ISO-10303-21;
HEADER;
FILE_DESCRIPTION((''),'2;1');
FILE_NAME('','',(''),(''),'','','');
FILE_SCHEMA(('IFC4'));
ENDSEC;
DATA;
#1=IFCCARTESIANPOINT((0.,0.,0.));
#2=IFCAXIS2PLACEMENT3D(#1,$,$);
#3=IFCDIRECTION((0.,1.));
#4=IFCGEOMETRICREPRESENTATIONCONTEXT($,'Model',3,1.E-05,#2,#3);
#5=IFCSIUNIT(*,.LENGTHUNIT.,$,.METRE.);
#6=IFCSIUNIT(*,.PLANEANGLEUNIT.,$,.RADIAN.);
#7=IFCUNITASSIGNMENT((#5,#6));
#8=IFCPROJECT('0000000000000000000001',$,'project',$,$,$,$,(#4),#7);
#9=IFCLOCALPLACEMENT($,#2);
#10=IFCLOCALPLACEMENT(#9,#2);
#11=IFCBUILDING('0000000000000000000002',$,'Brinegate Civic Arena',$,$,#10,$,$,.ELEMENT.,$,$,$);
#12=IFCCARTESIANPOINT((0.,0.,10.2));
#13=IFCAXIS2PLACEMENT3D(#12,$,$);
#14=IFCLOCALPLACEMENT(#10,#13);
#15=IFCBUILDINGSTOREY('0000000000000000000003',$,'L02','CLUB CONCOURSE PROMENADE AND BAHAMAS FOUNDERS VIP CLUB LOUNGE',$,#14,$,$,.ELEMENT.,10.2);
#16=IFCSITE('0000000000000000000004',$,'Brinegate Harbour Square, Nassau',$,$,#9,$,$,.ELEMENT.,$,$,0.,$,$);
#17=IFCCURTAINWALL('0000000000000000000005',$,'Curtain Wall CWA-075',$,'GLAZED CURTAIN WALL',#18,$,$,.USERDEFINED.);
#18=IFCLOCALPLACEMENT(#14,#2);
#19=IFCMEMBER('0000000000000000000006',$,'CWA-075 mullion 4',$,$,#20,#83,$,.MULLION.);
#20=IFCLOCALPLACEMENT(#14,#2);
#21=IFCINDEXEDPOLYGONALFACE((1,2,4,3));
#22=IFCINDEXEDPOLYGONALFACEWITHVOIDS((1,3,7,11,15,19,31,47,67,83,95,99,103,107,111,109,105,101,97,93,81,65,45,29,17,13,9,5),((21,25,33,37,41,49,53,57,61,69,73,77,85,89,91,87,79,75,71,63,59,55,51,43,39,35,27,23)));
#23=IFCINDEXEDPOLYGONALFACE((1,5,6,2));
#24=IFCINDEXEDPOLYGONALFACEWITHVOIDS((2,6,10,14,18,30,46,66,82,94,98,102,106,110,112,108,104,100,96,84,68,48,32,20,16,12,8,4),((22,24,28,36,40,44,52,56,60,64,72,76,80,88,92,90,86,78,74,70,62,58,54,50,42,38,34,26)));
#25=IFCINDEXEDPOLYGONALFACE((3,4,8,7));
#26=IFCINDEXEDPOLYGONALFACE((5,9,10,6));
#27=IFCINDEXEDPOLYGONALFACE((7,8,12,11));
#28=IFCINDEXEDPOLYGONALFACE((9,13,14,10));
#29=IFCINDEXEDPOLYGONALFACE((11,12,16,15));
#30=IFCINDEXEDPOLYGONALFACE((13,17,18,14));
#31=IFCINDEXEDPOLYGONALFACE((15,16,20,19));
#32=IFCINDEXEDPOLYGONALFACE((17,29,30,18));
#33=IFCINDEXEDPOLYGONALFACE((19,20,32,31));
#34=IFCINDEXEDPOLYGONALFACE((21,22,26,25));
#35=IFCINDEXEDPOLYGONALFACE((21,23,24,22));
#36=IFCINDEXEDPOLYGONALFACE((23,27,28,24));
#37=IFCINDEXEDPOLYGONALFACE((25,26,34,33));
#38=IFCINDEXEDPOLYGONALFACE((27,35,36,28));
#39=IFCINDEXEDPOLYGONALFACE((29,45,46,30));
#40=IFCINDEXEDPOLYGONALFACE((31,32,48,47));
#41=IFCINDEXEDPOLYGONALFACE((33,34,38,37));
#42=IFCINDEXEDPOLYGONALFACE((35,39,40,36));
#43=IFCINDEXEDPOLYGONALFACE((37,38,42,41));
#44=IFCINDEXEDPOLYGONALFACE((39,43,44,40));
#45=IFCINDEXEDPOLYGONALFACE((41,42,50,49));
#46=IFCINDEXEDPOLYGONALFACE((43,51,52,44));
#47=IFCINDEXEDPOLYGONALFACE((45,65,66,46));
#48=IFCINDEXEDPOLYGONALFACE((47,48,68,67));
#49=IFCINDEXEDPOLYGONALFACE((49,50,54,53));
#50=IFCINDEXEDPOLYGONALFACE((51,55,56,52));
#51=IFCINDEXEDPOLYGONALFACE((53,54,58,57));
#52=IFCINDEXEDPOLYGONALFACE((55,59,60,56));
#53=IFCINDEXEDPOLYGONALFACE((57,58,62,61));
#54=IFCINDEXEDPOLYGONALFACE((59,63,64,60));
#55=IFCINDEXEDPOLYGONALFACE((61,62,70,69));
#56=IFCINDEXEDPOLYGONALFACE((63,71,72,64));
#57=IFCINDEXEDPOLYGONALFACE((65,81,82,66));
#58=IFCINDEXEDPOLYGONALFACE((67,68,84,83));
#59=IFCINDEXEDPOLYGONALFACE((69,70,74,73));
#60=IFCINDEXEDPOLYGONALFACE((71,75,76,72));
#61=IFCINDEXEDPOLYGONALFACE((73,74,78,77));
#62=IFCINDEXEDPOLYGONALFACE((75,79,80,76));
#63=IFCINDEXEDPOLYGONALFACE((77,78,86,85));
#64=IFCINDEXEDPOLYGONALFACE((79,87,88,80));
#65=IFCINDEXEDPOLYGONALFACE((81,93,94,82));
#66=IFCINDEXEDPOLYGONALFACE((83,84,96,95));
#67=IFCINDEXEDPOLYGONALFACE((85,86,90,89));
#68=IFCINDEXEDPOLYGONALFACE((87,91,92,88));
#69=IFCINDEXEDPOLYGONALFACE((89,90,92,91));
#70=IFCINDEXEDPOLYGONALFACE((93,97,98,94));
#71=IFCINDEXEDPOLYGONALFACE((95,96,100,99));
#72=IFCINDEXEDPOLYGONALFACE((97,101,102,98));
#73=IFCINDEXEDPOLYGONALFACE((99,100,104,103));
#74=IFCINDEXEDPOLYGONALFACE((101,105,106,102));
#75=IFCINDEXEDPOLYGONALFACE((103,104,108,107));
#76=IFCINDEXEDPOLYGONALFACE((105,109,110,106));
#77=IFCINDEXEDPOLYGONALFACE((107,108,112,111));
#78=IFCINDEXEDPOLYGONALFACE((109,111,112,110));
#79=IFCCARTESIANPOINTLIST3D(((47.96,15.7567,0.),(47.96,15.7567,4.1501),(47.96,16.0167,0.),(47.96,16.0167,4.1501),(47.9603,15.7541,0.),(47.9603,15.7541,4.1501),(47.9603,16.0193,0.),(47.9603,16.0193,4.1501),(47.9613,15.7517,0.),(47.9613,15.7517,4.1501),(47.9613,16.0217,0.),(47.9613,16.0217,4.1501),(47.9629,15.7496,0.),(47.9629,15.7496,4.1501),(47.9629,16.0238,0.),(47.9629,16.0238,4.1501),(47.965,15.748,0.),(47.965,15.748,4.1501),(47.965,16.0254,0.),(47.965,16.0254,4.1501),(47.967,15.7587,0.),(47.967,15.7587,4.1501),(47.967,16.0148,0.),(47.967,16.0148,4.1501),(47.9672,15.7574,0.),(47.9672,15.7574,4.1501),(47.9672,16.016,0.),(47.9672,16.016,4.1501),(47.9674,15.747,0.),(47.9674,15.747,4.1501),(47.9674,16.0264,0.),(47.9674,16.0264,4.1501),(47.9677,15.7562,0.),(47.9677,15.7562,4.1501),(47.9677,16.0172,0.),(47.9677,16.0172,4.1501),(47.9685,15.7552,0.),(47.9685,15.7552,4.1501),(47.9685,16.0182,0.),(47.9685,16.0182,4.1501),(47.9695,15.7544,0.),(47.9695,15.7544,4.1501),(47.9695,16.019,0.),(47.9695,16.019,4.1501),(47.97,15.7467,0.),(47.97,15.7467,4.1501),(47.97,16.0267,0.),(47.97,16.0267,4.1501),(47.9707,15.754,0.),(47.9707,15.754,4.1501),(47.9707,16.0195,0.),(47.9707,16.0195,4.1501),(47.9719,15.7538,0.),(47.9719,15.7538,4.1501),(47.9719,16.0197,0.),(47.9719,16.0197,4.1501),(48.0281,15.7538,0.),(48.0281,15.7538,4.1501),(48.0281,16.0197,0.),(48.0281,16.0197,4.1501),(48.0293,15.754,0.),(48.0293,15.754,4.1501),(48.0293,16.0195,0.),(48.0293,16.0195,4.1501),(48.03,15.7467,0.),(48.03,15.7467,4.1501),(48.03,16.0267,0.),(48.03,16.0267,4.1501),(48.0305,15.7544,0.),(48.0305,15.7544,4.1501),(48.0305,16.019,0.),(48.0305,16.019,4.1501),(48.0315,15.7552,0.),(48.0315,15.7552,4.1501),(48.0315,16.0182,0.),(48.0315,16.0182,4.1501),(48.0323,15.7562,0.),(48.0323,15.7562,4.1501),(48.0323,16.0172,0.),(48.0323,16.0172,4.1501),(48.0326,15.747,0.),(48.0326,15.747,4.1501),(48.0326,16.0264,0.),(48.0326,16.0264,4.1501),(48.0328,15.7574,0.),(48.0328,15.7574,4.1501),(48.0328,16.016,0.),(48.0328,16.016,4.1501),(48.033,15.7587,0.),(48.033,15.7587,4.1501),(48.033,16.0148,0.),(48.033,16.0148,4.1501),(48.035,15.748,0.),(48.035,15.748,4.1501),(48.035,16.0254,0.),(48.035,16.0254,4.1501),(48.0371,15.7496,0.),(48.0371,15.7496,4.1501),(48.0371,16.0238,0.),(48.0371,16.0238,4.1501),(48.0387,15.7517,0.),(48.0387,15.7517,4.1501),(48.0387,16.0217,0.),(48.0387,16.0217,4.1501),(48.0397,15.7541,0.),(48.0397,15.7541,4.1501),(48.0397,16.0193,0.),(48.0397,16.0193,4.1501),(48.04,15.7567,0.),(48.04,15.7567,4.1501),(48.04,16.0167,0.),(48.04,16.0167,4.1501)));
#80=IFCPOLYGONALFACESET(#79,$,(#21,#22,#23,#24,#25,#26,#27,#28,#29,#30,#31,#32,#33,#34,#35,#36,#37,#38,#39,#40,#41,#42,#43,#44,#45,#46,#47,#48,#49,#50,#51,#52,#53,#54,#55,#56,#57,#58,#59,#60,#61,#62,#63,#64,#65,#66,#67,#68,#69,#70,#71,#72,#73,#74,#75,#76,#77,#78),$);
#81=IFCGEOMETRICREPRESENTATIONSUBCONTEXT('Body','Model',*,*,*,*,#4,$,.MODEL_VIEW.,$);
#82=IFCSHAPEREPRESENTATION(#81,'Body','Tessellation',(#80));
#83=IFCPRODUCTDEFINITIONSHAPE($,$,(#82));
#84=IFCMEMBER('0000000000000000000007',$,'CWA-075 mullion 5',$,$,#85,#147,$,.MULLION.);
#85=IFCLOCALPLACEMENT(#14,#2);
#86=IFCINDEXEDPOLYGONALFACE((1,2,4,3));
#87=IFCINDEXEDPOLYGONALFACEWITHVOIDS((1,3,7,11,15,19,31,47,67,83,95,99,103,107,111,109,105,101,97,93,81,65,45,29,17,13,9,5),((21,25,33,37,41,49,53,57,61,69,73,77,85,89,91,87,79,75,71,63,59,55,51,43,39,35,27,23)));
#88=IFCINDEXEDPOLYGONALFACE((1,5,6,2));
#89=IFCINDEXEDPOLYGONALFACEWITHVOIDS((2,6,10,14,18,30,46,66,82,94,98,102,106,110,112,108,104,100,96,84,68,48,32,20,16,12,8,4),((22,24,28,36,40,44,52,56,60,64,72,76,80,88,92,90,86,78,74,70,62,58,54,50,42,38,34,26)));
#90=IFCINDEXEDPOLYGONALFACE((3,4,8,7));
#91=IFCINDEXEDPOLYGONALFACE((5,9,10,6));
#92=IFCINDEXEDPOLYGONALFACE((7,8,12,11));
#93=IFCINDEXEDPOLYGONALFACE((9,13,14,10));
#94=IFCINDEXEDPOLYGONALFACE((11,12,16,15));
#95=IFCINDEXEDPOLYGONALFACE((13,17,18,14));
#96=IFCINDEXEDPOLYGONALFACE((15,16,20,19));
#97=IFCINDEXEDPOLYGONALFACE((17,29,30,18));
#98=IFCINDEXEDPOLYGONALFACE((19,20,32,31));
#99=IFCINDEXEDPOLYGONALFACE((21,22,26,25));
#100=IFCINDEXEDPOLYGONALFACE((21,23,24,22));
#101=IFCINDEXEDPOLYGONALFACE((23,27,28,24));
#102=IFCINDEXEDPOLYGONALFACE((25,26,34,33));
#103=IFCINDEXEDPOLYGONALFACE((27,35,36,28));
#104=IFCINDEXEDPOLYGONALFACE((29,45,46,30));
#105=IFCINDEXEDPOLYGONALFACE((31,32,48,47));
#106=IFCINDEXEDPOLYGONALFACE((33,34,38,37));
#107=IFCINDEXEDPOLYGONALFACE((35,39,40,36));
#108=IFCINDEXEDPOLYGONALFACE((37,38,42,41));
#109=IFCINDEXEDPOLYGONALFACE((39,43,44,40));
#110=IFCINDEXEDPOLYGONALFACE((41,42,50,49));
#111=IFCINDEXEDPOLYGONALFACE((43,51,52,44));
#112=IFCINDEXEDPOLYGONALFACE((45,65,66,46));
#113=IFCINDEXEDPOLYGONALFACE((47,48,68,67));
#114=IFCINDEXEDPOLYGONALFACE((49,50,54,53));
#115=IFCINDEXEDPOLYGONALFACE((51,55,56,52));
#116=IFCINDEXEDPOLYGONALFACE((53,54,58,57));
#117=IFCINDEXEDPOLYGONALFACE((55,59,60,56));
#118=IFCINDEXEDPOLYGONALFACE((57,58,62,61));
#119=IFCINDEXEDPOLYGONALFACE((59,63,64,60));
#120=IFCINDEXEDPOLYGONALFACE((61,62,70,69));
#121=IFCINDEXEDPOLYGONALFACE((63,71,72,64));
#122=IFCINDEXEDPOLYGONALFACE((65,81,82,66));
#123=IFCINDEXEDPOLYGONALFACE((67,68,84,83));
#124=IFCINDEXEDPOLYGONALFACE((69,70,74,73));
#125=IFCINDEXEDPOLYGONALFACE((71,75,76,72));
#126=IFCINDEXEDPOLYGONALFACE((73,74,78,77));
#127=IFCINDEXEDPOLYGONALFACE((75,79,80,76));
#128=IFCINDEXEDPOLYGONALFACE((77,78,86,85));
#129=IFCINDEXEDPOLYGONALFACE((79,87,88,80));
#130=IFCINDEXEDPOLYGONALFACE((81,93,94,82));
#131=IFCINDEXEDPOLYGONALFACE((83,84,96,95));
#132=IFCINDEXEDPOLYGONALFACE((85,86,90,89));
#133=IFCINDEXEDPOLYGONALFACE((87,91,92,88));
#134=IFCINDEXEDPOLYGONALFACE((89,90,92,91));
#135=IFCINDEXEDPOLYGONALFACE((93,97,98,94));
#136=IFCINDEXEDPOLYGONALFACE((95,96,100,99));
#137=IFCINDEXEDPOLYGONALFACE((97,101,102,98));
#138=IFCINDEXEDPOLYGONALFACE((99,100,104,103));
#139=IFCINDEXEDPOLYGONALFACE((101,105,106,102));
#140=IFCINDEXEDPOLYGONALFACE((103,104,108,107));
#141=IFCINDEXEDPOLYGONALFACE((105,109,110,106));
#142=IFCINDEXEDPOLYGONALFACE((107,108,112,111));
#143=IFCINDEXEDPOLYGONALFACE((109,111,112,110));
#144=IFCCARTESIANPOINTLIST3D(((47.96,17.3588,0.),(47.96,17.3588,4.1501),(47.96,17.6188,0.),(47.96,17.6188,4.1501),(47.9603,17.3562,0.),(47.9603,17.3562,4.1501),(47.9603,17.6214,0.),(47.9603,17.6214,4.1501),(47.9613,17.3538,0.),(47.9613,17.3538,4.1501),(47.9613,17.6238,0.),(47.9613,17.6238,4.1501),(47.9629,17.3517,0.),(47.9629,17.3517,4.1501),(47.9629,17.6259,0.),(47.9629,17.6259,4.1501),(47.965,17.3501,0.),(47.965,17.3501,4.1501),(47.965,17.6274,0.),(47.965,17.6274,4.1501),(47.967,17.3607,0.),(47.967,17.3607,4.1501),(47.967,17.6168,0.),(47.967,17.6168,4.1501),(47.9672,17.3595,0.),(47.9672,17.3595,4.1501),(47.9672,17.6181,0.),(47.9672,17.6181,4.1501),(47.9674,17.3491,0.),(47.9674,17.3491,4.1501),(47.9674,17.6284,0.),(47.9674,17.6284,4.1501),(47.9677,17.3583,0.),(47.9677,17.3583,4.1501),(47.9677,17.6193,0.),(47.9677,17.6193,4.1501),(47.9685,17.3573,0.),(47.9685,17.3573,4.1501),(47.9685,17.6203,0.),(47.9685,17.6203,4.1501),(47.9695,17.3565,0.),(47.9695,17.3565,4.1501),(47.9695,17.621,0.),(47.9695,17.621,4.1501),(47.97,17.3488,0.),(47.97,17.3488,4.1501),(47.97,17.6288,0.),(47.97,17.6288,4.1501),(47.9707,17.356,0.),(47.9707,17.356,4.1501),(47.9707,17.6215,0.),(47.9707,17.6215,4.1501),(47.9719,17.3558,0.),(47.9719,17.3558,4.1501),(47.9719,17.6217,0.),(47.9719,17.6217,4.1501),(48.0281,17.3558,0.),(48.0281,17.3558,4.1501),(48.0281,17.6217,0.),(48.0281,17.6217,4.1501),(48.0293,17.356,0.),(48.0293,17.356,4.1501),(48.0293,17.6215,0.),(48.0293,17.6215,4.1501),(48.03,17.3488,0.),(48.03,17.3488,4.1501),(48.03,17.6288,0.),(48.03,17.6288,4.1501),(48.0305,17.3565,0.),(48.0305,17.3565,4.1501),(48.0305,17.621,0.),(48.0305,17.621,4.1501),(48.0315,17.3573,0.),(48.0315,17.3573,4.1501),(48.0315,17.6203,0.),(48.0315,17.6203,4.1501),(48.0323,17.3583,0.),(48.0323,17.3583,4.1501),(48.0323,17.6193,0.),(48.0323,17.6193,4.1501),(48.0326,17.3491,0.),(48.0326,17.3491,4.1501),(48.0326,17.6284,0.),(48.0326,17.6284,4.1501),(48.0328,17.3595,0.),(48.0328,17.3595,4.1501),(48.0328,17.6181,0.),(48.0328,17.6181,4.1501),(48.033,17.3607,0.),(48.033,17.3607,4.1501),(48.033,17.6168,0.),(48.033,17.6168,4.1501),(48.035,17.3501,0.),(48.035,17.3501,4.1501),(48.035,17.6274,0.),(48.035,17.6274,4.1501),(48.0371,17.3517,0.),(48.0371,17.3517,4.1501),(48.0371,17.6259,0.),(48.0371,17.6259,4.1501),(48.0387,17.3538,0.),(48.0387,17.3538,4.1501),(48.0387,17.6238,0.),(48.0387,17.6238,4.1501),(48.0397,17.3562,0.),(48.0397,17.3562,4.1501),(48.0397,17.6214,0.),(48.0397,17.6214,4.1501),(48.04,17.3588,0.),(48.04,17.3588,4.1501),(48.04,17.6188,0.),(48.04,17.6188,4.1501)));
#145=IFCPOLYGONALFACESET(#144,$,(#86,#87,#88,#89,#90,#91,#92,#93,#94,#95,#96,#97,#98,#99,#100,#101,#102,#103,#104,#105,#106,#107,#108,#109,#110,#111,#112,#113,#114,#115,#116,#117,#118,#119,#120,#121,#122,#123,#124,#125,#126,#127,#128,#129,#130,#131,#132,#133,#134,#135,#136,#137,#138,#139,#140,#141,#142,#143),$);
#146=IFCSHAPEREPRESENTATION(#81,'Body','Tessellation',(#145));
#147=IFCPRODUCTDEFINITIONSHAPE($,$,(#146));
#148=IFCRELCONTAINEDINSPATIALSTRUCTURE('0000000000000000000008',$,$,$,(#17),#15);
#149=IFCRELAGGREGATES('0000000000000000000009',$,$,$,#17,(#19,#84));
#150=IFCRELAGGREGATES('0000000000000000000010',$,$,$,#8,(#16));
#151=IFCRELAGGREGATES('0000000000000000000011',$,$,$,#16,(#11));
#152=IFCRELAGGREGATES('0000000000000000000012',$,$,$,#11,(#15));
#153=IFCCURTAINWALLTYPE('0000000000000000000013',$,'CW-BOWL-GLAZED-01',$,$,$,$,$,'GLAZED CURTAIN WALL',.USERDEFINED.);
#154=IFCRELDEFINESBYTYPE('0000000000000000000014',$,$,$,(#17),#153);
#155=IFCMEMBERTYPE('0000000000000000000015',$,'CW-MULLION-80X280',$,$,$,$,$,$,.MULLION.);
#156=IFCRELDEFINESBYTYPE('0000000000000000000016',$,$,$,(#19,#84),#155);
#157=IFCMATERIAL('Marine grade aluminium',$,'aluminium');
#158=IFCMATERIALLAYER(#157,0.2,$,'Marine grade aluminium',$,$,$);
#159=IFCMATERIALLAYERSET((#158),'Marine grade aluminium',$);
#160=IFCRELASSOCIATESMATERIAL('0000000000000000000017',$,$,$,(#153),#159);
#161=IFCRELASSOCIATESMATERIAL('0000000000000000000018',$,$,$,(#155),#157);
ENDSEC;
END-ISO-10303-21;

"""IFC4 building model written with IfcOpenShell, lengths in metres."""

from ifc_helpers import new_model, si_unit, direction, frame, origin, origin_2d, place, context, subcontext, project, spatial, hollow_rectangle, extrude, material, layer, layer_set, material_profile, profile_set, type_object, element, aggregate, save


model = new_model("IFC4")

# Units and contexts
model_context = context("Model", 3, precision=1e-05, world=origin(), true_north=direction((0.0, 1.0)))
body_context = subcontext(model_context, "Body", "Model", "MODEL_VIEW")
ifc_project = project(units=[si_unit("LENGTHUNIT", "METRE"), si_unit("PLANEANGLEUNIT", "RADIAN")], contexts=[model_context])

# Site, building, storey
site_placement = place(None, origin())
site = spatial("IfcSite", under=ifc_project, at=site_placement, Name="Brinegate Harbour Square, Nassau", CompositionType="ELEMENT", RefElevation=0.0)
building_placement = place(site_placement, origin())
building = spatial("IfcBuilding", under=site, at=building_placement, Name="Brinegate Civic Arena", CompositionType="ELEMENT")
storey_placement = place(building_placement, frame((0.0, 0.0, 10.2)))
storey = spatial("IfcBuildingStorey", under=building, at=storey_placement, Name="L02", Description="CLUB CONCOURSE PROMENADE AND BAHAMAS FOUNDERS VIP CLUB LOUNGE", CompositionType="ELEMENT", Elevation=10.2)

# Curtain wall, members
ifc_material_1 = material(Name="Marine grade aluminium", Category="aluminium")
ifc_layer_1 = layer(ifc_material_1, 0.2, Name="Marine grade aluminium")
ifc_layer_set_1 = layer_set([ifc_layer_1], Name="Marine grade aluminium")
curtain_wall_type = type_object("IfcCurtainWallType", Name="CW-BOWL-GLAZED-01", ElementType="GLAZED CURTAIN WALL", PredefinedType="USERDEFINED", material=ifc_layer_set_1)
curtain_wall_placement = place(storey_placement, origin())
curtain_wall = element("IfcCurtainWall", 1, at=curtain_wall_placement, inside=storey, type_object=curtain_wall_type, Name="Curtain Wall CWA-075", ObjectType="GLAZED CURTAIN WALL", PredefinedType="USERDEFINED")
ifc_material_profile_1 = material_profile(ifc_material_1, hollow_rectangle(XDim=0.0801, YDim=0.28, WallThickness=0.0071, InnerFilletRadius=0.0049, OuterFilletRadius=0.01, at=origin_2d()), Name="MUL80X280")
ifc_profile_set_1 = profile_set([ifc_material_profile_1], Name="Marine grade aluminium")
member_type_1 = type_object("IfcMemberType", Name="CW-MULLION-80X280", PredefinedType="MULLION", material=ifc_profile_set_1)
member_1_placement = place(storey_placement, frame((48.0, 15.8867, 0.0), z_axis=(0.0, 0.0, 1.0), x_axis=(-1.0, 0.0, 0.0)))
member_1 = element("IfcMember", 2, at=member_1_placement, type_object=member_type_1, Name="CWA-075 mullion 4", PredefinedType="MULLION", context=body_context, shape_type="SweptSolid", body=[
    extrude(hollow_rectangle(XDim=0.0801, YDim=0.28, WallThickness=0.0071, InnerFilletRadius=0.0049, OuterFilletRadius=0.01, at=origin_2d()), origin(), (0.0, 0.0, 1.0), 4.1501),
])
member_2_placement = place(storey_placement, frame((48.0, 17.4888, 0.0), z_axis=(0.0, 0.0, 1.0), x_axis=(-1.0, 0.0, 0.0)))
member_2 = element("IfcMember", 3, at=member_2_placement, type_object=member_type_1, Name="CWA-075 mullion 5", PredefinedType="MULLION", context=body_context, shape_type="SweptSolid", body=[
    extrude(hollow_rectangle(XDim=0.0801, YDim=0.28, WallThickness=0.0071, InnerFilletRadius=0.0049, OuterFilletRadius=0.01, at=origin_2d()), origin(), (0.0, 0.0, 1.0), 4.1501),
])
aggregate(curtain_wall, [member_1, member_2])

save(model, "model.ifc")
